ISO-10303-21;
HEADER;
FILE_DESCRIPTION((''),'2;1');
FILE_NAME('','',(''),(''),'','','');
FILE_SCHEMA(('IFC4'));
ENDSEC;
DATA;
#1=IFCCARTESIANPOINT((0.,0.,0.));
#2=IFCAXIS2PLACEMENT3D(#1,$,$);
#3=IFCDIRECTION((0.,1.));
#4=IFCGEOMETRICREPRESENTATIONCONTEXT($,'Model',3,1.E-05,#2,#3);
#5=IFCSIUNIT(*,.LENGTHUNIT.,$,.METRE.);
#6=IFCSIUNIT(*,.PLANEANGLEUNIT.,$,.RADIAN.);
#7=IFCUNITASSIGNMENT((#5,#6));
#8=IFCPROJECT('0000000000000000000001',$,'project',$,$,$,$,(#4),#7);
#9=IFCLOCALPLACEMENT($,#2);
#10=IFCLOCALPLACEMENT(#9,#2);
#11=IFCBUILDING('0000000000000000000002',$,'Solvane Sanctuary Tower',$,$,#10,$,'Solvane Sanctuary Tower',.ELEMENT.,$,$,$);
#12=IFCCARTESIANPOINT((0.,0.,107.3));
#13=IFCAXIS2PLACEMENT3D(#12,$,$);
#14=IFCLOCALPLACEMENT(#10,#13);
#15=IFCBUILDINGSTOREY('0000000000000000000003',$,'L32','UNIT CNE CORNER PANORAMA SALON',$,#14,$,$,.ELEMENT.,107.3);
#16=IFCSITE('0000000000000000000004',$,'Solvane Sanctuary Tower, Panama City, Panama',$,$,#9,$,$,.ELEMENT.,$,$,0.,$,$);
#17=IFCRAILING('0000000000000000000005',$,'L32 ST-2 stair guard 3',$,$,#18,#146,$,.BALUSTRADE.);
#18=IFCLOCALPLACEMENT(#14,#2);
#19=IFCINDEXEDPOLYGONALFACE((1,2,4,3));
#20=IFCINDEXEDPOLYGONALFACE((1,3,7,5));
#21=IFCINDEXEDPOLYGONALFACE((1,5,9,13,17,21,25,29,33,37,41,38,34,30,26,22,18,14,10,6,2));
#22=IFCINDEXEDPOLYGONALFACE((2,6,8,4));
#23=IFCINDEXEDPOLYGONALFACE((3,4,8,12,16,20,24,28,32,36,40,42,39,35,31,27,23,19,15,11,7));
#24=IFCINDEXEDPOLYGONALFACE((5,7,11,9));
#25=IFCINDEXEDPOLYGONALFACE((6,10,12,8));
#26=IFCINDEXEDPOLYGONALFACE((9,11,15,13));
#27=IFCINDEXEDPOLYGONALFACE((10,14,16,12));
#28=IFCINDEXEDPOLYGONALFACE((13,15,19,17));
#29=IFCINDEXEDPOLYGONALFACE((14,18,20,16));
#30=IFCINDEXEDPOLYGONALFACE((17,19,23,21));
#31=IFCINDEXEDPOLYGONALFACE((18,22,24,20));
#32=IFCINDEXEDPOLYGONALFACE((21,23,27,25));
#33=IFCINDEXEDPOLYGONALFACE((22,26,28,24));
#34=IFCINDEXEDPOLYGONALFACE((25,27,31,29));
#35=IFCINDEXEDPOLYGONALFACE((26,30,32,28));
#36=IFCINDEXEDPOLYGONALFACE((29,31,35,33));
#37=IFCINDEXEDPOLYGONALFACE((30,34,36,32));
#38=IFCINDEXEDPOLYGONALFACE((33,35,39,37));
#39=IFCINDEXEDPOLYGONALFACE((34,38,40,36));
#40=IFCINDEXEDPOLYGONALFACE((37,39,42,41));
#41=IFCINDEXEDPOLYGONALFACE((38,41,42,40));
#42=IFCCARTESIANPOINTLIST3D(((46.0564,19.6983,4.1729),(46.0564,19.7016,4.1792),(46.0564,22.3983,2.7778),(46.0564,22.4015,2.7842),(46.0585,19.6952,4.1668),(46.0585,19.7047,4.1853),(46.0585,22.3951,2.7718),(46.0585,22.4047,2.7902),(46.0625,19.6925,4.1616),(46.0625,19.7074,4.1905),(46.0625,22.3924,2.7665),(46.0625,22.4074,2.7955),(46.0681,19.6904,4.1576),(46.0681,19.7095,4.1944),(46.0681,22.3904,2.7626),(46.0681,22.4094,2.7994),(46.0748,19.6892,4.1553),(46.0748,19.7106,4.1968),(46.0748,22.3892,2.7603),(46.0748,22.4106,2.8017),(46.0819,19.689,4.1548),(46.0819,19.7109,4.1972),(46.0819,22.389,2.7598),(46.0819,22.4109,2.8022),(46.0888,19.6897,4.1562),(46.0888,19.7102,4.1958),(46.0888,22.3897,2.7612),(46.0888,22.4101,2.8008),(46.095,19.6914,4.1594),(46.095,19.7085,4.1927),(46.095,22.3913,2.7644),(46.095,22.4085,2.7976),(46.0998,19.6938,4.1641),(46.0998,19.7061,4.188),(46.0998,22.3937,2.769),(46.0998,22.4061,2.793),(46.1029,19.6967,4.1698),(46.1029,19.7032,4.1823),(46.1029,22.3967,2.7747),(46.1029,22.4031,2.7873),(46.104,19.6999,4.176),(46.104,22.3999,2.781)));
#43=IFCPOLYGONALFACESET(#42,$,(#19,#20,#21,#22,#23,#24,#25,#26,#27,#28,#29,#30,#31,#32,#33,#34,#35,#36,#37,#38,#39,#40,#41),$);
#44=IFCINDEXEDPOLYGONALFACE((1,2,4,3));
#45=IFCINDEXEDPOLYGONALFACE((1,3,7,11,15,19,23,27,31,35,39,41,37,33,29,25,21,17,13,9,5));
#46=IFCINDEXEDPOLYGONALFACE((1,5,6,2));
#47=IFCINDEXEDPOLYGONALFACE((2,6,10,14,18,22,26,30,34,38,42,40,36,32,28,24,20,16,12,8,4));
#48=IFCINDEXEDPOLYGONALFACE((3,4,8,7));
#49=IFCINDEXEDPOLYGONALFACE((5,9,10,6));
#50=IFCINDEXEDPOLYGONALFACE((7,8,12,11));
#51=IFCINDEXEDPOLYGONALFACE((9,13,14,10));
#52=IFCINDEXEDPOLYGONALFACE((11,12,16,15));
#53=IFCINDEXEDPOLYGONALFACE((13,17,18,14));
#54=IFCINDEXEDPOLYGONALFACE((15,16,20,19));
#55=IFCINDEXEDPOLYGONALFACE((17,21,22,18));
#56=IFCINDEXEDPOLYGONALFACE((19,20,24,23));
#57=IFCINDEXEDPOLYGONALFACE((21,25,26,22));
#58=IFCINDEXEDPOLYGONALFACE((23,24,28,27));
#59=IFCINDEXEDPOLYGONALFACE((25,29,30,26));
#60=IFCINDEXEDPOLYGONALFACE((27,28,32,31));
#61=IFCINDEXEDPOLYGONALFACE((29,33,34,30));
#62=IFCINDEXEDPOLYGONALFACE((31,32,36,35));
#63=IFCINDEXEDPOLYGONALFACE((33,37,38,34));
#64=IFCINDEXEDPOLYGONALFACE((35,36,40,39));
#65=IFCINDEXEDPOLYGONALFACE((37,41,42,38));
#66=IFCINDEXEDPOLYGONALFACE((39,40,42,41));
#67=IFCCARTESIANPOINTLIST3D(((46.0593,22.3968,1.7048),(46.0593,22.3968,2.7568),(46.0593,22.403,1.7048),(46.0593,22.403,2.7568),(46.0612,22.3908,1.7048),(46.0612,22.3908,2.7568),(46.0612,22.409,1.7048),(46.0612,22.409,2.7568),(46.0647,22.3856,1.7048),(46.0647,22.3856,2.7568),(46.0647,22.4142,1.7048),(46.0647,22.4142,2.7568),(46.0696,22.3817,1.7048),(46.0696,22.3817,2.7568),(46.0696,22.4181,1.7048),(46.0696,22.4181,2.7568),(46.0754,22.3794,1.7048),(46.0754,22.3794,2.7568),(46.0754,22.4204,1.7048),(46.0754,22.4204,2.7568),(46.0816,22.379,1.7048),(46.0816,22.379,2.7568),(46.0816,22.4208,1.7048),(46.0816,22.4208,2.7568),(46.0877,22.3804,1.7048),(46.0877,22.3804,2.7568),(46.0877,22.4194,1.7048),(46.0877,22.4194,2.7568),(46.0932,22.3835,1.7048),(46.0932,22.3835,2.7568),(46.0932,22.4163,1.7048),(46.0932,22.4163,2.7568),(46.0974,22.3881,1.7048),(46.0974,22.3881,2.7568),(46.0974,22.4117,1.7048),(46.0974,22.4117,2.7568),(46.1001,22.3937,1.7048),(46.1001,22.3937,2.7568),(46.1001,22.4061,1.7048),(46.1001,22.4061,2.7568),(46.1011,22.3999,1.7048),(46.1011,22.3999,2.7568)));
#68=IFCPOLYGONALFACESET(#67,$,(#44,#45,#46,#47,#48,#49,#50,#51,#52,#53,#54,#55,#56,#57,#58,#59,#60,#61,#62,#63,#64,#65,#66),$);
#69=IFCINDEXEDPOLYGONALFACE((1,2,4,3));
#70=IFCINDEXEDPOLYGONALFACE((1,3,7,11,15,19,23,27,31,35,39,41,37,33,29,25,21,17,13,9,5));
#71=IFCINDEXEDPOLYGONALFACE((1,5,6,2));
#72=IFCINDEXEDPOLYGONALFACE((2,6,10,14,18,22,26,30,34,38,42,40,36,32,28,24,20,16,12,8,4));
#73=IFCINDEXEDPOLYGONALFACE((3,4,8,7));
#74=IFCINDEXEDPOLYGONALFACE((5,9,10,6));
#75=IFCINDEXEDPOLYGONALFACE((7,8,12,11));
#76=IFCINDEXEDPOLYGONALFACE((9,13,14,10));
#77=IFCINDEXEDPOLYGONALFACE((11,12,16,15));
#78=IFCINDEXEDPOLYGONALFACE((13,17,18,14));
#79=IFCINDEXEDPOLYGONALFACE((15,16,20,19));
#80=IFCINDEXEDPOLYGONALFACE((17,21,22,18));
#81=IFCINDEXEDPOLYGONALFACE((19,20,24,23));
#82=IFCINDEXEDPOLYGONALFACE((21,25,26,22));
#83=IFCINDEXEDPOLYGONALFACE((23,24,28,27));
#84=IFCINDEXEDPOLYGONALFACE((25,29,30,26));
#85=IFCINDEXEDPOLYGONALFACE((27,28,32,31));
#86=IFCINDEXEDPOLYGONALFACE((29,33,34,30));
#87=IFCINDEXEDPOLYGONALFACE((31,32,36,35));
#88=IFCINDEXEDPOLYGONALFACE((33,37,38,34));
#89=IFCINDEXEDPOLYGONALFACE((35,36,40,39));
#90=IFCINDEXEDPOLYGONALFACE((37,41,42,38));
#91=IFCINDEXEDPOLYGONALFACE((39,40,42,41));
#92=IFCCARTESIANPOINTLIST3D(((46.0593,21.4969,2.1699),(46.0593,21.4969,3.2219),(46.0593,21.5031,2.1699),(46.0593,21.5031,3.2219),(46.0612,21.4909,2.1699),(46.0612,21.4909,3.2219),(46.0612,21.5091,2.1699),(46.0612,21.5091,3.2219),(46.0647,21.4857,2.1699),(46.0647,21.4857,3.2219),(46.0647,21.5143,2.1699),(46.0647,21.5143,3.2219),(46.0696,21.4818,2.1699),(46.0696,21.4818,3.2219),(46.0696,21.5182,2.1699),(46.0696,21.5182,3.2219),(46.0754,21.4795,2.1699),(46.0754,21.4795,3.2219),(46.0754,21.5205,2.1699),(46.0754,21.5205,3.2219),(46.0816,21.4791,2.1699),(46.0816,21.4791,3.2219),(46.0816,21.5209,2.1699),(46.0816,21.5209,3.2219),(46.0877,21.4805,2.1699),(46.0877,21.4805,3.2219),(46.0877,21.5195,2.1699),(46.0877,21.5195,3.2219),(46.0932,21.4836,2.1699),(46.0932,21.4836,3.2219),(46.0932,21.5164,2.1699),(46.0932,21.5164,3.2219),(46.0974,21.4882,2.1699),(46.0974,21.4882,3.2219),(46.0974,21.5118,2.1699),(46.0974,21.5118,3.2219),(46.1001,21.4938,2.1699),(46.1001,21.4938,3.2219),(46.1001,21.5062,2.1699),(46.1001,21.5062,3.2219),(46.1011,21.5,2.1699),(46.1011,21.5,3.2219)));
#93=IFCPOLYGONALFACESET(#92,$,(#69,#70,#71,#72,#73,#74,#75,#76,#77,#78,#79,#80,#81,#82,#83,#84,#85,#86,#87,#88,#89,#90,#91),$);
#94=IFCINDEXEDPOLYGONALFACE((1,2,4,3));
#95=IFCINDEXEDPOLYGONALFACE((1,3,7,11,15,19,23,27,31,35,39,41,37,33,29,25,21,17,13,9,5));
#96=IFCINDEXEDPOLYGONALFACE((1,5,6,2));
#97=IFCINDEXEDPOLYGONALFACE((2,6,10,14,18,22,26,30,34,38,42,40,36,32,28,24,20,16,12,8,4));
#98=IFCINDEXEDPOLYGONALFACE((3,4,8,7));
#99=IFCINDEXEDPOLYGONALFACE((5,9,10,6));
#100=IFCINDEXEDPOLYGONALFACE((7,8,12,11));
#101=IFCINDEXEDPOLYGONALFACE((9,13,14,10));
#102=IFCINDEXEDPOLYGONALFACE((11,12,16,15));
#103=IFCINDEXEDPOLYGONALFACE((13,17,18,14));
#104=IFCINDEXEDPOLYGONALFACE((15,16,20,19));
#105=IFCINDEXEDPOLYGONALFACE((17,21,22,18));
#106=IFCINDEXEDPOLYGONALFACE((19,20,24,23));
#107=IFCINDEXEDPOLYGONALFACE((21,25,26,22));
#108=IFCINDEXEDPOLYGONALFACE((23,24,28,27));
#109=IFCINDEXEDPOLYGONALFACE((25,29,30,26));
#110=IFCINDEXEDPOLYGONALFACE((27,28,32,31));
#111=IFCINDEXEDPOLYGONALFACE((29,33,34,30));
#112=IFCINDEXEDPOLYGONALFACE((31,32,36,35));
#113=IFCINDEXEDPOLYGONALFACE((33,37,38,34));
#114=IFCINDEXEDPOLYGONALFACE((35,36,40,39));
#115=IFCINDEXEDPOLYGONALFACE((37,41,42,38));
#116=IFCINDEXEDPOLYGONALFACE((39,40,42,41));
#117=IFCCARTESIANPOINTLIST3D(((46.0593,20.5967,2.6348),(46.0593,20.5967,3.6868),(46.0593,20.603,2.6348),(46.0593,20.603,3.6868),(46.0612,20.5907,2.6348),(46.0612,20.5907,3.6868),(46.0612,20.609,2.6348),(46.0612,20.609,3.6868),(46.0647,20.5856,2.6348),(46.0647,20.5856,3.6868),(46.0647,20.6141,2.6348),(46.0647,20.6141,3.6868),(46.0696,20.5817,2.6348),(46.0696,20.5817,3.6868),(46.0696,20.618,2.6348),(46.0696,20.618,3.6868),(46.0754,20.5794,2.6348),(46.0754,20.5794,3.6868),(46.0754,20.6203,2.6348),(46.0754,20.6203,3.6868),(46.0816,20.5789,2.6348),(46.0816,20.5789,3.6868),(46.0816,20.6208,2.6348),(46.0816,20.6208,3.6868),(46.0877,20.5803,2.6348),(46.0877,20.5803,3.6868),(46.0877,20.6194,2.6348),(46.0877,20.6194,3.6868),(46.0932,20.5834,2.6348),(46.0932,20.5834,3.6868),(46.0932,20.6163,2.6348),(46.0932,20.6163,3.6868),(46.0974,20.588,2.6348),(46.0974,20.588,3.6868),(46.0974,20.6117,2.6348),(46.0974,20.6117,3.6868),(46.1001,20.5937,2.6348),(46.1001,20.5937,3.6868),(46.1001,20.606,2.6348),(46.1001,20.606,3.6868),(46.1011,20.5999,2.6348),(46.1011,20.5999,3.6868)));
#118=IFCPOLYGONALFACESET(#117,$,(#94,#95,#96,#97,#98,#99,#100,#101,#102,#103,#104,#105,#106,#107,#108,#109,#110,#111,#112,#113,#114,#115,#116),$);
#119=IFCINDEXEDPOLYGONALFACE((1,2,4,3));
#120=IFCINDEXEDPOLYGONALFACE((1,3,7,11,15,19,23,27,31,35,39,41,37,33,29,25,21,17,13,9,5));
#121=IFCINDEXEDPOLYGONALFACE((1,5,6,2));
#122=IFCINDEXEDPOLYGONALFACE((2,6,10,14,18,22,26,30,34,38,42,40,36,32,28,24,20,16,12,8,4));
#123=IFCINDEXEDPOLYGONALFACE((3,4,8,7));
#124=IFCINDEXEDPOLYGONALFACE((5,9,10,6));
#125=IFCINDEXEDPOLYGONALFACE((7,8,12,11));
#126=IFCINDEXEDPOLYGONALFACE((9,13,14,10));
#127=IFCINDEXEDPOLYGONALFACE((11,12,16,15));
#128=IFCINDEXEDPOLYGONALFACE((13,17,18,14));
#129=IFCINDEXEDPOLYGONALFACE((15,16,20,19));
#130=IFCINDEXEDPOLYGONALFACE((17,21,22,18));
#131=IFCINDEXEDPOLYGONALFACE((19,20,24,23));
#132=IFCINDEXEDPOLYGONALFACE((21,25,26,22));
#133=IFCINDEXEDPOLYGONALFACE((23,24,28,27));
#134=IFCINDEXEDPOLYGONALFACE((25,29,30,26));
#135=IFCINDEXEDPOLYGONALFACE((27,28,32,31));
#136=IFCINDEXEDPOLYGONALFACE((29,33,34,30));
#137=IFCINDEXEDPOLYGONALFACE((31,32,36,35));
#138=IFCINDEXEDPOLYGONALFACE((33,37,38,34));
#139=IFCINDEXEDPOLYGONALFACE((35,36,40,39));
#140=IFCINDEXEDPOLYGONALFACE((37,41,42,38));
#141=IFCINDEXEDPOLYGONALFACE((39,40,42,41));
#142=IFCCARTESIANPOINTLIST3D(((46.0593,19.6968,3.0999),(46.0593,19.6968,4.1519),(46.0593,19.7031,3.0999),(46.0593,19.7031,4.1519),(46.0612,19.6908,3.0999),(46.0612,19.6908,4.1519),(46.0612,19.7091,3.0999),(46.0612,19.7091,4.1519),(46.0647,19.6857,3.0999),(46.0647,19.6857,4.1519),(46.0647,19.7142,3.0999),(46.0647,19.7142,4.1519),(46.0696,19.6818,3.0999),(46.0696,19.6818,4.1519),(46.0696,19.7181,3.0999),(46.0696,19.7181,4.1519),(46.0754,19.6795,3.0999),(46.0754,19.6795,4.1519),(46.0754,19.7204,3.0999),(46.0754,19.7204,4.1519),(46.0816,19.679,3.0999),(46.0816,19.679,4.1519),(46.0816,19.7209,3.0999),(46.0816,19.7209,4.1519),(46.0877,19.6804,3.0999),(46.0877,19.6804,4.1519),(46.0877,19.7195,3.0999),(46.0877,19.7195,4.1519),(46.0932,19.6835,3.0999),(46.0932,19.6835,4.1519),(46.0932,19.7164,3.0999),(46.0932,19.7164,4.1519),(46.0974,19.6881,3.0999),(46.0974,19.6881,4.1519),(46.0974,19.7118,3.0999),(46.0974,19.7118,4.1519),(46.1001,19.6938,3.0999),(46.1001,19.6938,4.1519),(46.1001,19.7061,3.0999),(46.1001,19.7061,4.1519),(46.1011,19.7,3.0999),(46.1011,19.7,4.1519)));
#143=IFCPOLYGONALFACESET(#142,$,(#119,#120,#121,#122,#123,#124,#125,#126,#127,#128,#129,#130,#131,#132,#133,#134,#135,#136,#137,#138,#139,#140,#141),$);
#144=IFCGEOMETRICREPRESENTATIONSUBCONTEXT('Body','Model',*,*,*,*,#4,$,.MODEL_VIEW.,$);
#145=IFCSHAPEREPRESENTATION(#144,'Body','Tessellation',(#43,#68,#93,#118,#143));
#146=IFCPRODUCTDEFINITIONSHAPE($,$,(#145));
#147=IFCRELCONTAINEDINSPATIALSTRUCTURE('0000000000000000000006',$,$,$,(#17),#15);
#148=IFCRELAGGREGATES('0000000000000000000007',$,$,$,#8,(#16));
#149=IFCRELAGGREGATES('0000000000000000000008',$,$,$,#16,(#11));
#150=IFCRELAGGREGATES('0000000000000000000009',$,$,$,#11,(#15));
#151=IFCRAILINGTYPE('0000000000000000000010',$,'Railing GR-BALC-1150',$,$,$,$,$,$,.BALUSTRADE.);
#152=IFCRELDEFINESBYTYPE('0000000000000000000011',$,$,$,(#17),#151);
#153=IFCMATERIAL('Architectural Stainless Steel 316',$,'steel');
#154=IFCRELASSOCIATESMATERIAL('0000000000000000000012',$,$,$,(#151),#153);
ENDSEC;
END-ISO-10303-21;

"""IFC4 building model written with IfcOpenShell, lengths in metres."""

from ifc_helpers import new_model, si_unit, direction, frame, origin, origin_2d, place, context, subcontext, project, spatial, circle, extrude, material, type_object, element, save


model = new_model("IFC4")

# Units and contexts
model_context = context("Model", 3, precision=1e-05, world=origin(), true_north=direction((0.0, 1.0)))
body_context = subcontext(model_context, "Body", "Model", "MODEL_VIEW")
ifc_project = project(units=[si_unit("LENGTHUNIT", "METRE"), si_unit("PLANEANGLEUNIT", "RADIAN")], contexts=[model_context])

# Site, building, storey
site_placement = place(None, origin())
site = spatial("IfcSite", under=ifc_project, at=site_placement, Name="Solvane Sanctuary Tower, Panama City, Panama", CompositionType="ELEMENT", RefElevation=0.0)
building_placement = place(site_placement, origin())
building = spatial("IfcBuilding", under=site, at=building_placement, Name="Solvane Sanctuary Tower", LongName="Solvane Sanctuary Tower", CompositionType="ELEMENT")
storey_placement = place(building_placement, frame((0.0, 0.0, 107.3)))
storey = spatial("IfcBuildingStorey", under=building, at=storey_placement, Name="L32", Description="UNIT CNE CORNER PANORAMA SALON", CompositionType="ELEMENT", Elevation=107.3)

# Shared definitions
ifc_material_1 = material(Name="Architectural Stainless Steel 316", Category="steel")

# Railing
railing_type_1 = type_object("IfcRailingType", Name="Railing GR-BALC-1150", PredefinedType="BALUSTRADE", material=ifc_material_1)
railing_1_placement = place(storey_placement, frame((46.0801, 22.3999, 1.7048)))
element("IfcRailing", 1, at=railing_1_placement, inside=storey, type_object=railing_type_1, Name="L32 ST-2 stair guard 3", PredefinedType="BALUSTRADE", context=body_context, shape_type="SweptSolid", body=[
    extrude(circle(Radius=0.0239, at=origin_2d()), frame((0.0, 0.0, 1.0762), z_axis=(0.0, -0.88842, 0.459032), x_axis=(1.0, 0.0, 0.0)), (0.0, 0.0, 1.0), 3.0391),
    extrude(circle(Radius=0.021, at=origin_2d()), origin(), (0.0, 0.0, 1.0), 1.052),
    extrude(circle(Radius=0.021, at=origin_2d()), frame((0.0, -0.8999, 0.4651)), (0.0, 0.0, 1.0), 1.052),
    extrude(circle(Radius=0.021, at=origin_2d()), frame((0.0, -1.8, 0.9299)), (0.0, 0.0, 1.0), 1.052),
    extrude(circle(Radius=0.021, at=origin_2d()), frame((0.0, -2.7, 1.395)), (0.0, 0.0, 1.0), 1.052),
])

save(model, "model.ifc")
